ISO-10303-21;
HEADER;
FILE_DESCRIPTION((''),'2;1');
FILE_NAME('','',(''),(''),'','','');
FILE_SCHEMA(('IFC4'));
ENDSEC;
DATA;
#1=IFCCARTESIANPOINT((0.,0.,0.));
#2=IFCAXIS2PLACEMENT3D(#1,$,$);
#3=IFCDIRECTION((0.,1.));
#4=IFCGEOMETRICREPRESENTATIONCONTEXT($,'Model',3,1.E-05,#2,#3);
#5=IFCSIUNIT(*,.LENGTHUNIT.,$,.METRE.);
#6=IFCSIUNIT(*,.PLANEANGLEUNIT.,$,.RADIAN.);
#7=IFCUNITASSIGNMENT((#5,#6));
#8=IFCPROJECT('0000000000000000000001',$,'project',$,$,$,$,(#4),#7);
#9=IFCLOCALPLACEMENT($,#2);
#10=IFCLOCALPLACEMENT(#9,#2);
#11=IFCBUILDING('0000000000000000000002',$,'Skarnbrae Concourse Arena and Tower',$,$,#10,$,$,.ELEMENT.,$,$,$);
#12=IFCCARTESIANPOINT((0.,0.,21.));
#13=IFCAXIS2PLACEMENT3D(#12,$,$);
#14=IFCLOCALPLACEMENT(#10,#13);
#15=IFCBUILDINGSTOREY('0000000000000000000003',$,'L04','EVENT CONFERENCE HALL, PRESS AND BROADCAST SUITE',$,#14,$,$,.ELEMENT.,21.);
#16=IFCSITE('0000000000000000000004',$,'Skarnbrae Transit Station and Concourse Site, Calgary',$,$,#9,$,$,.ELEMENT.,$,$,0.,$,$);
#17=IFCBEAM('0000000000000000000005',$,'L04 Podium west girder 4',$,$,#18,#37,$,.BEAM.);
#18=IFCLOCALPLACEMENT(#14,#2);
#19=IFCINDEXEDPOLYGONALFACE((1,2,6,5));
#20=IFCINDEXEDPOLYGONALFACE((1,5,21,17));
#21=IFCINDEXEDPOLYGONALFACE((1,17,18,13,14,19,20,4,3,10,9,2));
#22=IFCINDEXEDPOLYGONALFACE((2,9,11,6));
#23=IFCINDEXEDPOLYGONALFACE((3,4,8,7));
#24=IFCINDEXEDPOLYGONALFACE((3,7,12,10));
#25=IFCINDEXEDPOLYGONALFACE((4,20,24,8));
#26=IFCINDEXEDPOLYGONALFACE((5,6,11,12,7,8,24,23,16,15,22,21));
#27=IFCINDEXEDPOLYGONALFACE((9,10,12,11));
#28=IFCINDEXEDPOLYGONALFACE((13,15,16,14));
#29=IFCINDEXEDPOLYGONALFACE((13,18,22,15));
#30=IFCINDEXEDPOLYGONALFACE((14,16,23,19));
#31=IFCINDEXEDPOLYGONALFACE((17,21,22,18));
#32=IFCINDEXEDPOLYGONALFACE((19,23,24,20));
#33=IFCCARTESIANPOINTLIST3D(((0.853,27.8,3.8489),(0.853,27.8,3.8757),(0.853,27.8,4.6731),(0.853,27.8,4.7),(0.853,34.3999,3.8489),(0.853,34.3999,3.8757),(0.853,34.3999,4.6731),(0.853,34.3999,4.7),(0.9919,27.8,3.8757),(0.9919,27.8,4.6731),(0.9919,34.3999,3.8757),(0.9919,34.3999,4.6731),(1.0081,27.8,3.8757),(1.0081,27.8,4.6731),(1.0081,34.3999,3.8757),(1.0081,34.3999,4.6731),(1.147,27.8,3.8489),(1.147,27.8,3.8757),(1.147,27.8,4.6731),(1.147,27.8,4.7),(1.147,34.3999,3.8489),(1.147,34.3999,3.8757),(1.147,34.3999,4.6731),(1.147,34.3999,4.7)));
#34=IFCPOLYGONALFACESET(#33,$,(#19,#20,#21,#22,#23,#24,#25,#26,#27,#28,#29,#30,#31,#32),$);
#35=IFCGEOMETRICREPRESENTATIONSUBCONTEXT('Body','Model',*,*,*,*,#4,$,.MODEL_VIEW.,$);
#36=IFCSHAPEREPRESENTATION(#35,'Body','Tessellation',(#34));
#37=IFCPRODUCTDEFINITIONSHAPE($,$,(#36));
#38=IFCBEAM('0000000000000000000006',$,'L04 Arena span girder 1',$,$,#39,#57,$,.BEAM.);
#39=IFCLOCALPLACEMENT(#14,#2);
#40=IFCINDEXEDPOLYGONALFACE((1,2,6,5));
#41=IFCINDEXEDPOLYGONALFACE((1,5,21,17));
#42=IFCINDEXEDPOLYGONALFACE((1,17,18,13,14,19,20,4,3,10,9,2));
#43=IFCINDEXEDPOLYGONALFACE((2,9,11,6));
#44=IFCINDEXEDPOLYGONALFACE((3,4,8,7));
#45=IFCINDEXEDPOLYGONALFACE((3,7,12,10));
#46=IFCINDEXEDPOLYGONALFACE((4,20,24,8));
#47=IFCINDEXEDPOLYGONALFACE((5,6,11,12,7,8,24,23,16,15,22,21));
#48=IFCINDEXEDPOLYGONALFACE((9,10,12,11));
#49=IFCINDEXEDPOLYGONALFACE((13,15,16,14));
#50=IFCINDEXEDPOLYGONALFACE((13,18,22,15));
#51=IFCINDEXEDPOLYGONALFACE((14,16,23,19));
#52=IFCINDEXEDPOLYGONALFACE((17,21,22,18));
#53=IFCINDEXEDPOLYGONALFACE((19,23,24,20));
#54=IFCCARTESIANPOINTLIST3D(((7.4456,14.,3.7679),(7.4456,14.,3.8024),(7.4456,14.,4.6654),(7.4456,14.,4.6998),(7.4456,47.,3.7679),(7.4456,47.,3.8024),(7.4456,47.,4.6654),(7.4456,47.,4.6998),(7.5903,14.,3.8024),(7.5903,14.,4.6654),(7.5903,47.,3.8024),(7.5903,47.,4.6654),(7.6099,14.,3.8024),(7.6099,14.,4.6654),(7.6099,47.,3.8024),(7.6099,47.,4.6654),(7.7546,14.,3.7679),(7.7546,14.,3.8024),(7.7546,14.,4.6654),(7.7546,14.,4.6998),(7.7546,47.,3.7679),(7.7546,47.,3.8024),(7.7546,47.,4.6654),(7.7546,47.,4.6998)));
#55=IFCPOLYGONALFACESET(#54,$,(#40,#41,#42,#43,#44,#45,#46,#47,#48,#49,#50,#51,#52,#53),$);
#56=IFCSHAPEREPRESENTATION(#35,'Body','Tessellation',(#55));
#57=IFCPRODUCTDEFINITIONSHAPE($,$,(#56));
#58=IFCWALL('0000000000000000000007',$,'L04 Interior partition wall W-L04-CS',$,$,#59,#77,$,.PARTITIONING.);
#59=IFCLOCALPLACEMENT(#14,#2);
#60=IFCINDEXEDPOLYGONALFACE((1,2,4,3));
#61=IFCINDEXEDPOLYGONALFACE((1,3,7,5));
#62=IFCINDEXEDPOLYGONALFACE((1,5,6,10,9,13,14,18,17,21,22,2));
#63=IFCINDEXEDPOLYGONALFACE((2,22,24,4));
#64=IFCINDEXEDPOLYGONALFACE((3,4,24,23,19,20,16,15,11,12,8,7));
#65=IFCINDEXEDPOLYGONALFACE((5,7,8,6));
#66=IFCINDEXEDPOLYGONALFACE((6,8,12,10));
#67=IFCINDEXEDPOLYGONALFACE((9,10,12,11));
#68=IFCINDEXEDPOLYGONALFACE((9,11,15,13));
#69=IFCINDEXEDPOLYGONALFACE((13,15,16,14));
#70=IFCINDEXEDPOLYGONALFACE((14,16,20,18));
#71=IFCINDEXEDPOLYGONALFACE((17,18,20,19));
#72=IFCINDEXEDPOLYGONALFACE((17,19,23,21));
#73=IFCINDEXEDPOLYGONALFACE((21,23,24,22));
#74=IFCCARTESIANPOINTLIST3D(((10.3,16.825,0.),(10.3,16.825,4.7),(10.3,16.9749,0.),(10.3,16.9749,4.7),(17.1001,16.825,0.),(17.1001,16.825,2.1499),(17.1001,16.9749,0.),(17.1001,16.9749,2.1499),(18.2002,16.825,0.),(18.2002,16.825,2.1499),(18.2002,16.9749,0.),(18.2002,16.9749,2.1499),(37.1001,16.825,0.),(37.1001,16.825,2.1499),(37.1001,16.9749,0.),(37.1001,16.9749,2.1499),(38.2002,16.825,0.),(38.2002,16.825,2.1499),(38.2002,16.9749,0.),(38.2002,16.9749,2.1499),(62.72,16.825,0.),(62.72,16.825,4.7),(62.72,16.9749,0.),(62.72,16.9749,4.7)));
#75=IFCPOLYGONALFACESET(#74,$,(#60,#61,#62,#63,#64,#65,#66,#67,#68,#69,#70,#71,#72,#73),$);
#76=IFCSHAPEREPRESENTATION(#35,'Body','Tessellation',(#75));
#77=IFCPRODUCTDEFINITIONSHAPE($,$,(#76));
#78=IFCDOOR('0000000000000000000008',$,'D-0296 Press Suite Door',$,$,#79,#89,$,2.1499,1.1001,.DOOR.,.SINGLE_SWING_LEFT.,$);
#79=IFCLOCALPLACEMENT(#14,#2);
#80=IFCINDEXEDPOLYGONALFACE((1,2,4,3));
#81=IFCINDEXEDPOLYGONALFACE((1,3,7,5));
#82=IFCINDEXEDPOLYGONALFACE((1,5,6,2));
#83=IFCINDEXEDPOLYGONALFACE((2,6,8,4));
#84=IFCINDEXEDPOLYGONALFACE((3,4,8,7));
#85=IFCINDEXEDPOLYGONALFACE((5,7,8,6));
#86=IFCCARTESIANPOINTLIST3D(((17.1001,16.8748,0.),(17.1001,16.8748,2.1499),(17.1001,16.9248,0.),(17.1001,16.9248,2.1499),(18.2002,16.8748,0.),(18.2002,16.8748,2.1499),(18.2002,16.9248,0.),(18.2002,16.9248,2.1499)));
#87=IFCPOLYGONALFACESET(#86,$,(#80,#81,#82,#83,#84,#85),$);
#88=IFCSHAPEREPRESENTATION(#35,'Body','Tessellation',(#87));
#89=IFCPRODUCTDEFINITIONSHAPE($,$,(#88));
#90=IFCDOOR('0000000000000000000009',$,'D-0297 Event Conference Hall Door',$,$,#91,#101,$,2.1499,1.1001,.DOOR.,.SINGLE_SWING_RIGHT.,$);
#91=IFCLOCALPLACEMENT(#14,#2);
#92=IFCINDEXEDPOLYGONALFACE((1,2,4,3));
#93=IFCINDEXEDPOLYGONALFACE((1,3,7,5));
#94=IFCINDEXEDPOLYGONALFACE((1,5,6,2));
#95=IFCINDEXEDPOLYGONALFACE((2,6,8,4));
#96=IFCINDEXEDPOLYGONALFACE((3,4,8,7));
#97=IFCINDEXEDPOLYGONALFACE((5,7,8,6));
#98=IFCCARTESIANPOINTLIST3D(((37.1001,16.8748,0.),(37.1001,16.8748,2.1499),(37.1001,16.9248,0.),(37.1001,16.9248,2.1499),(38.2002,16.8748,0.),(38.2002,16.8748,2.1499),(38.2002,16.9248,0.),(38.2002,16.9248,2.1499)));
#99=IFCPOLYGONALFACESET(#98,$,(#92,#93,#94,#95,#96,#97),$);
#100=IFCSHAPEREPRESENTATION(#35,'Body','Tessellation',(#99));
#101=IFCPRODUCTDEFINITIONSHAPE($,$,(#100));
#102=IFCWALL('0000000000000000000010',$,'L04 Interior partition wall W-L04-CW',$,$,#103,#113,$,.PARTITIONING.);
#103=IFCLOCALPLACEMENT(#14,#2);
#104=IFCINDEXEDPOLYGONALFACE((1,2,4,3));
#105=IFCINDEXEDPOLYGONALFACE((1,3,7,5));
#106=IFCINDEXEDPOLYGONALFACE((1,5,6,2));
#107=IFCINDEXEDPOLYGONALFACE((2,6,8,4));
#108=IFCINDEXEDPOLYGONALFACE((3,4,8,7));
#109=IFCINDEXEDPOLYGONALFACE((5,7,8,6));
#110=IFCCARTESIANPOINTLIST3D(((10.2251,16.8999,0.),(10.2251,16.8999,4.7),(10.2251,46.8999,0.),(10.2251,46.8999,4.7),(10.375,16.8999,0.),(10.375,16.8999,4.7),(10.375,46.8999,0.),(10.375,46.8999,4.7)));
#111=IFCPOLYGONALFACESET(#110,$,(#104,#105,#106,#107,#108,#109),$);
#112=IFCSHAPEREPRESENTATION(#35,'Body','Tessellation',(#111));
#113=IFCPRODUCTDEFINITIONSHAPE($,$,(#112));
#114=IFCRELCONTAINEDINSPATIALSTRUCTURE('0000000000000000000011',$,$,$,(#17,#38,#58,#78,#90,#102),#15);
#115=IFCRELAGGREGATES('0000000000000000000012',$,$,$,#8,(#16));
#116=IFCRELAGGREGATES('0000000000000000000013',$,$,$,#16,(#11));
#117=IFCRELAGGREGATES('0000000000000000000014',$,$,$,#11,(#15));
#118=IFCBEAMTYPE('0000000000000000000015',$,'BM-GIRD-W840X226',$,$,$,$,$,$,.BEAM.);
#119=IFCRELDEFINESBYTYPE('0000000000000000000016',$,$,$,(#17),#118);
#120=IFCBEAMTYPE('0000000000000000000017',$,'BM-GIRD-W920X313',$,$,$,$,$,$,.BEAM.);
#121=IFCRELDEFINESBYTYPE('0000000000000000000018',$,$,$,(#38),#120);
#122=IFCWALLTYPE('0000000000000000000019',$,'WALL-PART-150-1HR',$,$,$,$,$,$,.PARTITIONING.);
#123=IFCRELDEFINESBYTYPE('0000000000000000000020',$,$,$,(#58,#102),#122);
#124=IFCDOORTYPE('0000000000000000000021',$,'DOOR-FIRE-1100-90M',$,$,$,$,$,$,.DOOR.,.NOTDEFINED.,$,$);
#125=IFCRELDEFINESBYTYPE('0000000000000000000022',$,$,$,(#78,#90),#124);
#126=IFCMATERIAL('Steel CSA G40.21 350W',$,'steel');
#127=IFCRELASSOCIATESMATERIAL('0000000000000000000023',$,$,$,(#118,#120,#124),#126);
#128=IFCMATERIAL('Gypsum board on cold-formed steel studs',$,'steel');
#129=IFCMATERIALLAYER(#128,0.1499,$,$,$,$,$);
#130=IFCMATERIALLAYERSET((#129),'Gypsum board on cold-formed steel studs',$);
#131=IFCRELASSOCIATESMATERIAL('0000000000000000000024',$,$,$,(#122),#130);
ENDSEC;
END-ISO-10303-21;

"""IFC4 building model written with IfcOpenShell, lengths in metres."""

from ifc_helpers import new_model, si_unit, direction, frame, frame_2d, origin, origin_2d, place, context, subcontext, project, spatial, rectangle, i_section, extrude, source, transform, mapped, material, layer, layer_set, material_profile, profile_set, type_object, element, fill, save


model = new_model("IFC4")

# Units and contexts
model_context = context("Model", 3, precision=1e-05, world=origin(), true_north=direction((0.0, 1.0)))
body_context = subcontext(model_context, "Body", "Model", "MODEL_VIEW")
ifc_project = project(units=[si_unit("LENGTHUNIT", "METRE"), si_unit("PLANEANGLEUNIT", "RADIAN")], contexts=[model_context])

# Site, building, storey
site_placement = place(None, origin())
site = spatial("IfcSite", under=ifc_project, at=site_placement, Name="Skarnbrae Transit Station and Concourse Site, Calgary", CompositionType="ELEMENT", RefElevation=0.0)
building_placement = place(site_placement, origin())
building = spatial("IfcBuilding", under=site, at=building_placement, Name="Skarnbrae Concourse Arena and Tower", CompositionType="ELEMENT")
storey_placement = place(building_placement, frame((0.0, 0.0, 21.0)))
storey = spatial("IfcBuildingStorey", under=building, at=storey_placement, Name="L04", Description="EVENT CONFERENCE HALL, PRESS AND BROADCAST SUITE", CompositionType="ELEMENT", Elevation=21.0)

# Shared definitions
ifc_material_1 = material(Name="Steel CSA G40.21 350W", Category="steel")

# Beams
ifc_material_profile_1 = material_profile(ifc_material_1, i_section(OverallWidth=0.2939, OverallDepth=0.8511, WebThickness=0.0161, FlangeThickness=0.0269, at=origin_2d()), Name="W840X226")
ifc_profile_set_1 = profile_set([ifc_material_profile_1], Name="Steel CSA G40.21 350W")
beam_type_1 = type_object("IfcBeamType", Name="BM-GIRD-W840X226", PredefinedType="BEAM", material=ifc_profile_set_1)
shared_shape_1 = source(origin(), body_context, "Body", "SweptSolid", [
    extrude(i_section(OverallWidth=0.2939, OverallDepth=0.8511, WebThickness=0.0161, FlangeThickness=0.0269, at=origin_2d()), origin(), (0.0, 0.0, 1.0), 6.5999),
])
beam_1_placement = place(storey_placement, frame((1.0, 27.8, 4.2744), z_axis=(0.0, 1.0, 0.0), x_axis=(-1.0, 0.0, 0.0)))
element("IfcBeam", 1, at=beam_1_placement, inside=storey, type_object=beam_type_1, Name="L04 Podium west girder 4", PredefinedType="BEAM", context=body_context, shape_type="MappedRepresentation", body=[
    mapped(shared_shape_1, transform((0.0, 0.0, 0.0))),
])
ifc_material_profile_2 = material_profile(ifc_material_1, i_section(OverallWidth=0.3091, OverallDepth=0.9319, WebThickness=0.0195, FlangeThickness=0.0344, at=origin_2d()), Name="W920X313")
ifc_profile_set_2 = profile_set([ifc_material_profile_2], Name="Steel CSA G40.21 350W")
beam_type_2 = type_object("IfcBeamType", Name="BM-GIRD-W920X313", PredefinedType="BEAM", material=ifc_profile_set_2)
shared_shape_2 = source(origin(), body_context, "Body", "SweptSolid", [
    extrude(i_section(OverallWidth=0.3091, OverallDepth=0.9319, WebThickness=0.0195, FlangeThickness=0.0344, at=origin_2d()), origin(), (0.0, 0.0, 1.0), 33.0),
])
beam_2_placement = place(storey_placement, frame((7.6001, 14.0, 4.2339), z_axis=(0.0, 1.0, 0.0), x_axis=(-1.0, 0.0, 0.0)))
element("IfcBeam", 2, at=beam_2_placement, inside=storey, type_object=beam_type_2, Name="L04 Arena span girder 1", PredefinedType="BEAM", context=body_context, shape_type="MappedRepresentation", body=[
    mapped(shared_shape_2, transform((0.0, 0.0, 0.0))),
])

# Shared definitions
door_type_1 = type_object("IfcDoorType", Name="DOOR-FIRE-1100-90M", OperationType="NOTDEFINED", PredefinedType="DOOR", material=ifc_material_1)
shared_shape_3 = source(origin(), body_context, "Body", "SweptSolid", [
    extrude(rectangle(XDim=1.1001, YDim=2.1499, at=frame_2d((0.55, 1.075))), frame((0.0, 0.0249, 0.0), z_axis=(0.0, -1.0, 0.0), x_axis=(1.0, 0.0, 0.0)), (0.0, 0.0, 1.0), 0.05),
])
ifc_material_2 = material(Name="Gypsum board on cold-formed steel studs", Category="steel")

# Wall, openings, doors
ifc_layer_1 = layer(ifc_material_2, 0.1499)
ifc_layer_set_1 = layer_set([ifc_layer_1], Name="Gypsum board on cold-formed steel studs")
wall_type_1 = type_object("IfcWallType", Name="WALL-PART-150-1HR", PredefinedType="PARTITIONING", material=ifc_layer_set_1)
shared_shape_4 = source(origin(), body_context, "Body", "SweptSolid", [
    extrude(rectangle(XDim=52.4199, YDim=0.1499, at=frame_2d((26.21, 0.0))), origin(), (0.0, 0.0, 1.0), 4.7),
])
wall_1_placement = place(storey_placement, frame((10.3, 16.8999, 0.0), z_axis=(0.0, 0.0, 1.0), x_axis=(1.0, 0.0, 0.0)))
wall_1 = element("IfcWall", 3, at=wall_1_placement, inside=storey, type_object=wall_type_1, Name="L04 Interior partition wall W-L04-CS", PredefinedType="PARTITIONING", context=body_context, shape_type="MappedRepresentation", body=[
    mapped(shared_shape_4, transform((0.0, 0.0, 0.0))),
])
opening_1_placement = place(wall_1_placement, frame((6.8, 0.0, 0.0)))
opening_1 = element("IfcOpeningElement", 4, at=opening_1_placement, cuts=wall_1, PredefinedType="OPENING", context=body_context, shape_type="SweptSolid", body=[
    extrude(rectangle(XDim=1.1001, YDim=2.1499, at=frame_2d((0.55, 1.075))), frame((0.0, 0.085, 0.0), z_axis=(0.0, -1.0, 0.0), x_axis=(1.0, 0.0, 0.0)), (0.0, 0.0, 1.0), 0.1699),
])
opening_2_placement = place(wall_1_placement, frame((26.8, 0.0, 0.0)))
opening_2 = element("IfcOpeningElement", 5, at=opening_2_placement, cuts=wall_1, PredefinedType="OPENING", context=body_context, shape_type="SweptSolid", body=[
    extrude(rectangle(XDim=1.1001, YDim=2.1499, at=frame_2d((0.55, 1.075))), frame((0.0, 0.085, 0.0), z_axis=(0.0, -1.0, 0.0), x_axis=(1.0, 0.0, 0.0)), (0.0, 0.0, 1.0), 0.1699),
])
door_1_placement = place(opening_1_placement, origin())
door_1 = element("IfcDoor", 6, at=door_1_placement, inside=storey, type_object=door_type_1, Name="D-0296 Press Suite Door", OperationType="SINGLE_SWING_LEFT", OverallHeight=2.1499, OverallWidth=1.1001, PredefinedType="DOOR", context=body_context, shape_type="MappedRepresentation", body=[
    mapped(shared_shape_3, transform((0.0, 0.0, 0.0))),
])
fill(opening_1, door_1)
door_2_placement = place(opening_2_placement, origin())
door_2 = element("IfcDoor", 7, at=door_2_placement, inside=storey, type_object=door_type_1, Name="D-0297 Event Conference Hall Door", OperationType="SINGLE_SWING_RIGHT", OverallHeight=2.1499, OverallWidth=1.1001, PredefinedType="DOOR", context=body_context, shape_type="MappedRepresentation", body=[
    mapped(shared_shape_3, transform((0.0, 0.0, 0.0))),
])
fill(opening_2, door_2)

# Wall
shared_shape_5 = source(origin(), body_context, "Body", "SweptSolid", [
    extrude(rectangle(XDim=30.0, YDim=0.1499, at=frame_2d((15.0, 0.0))), origin(), (0.0, 0.0, 1.0), 4.7),
])
wall_2_placement = place(storey_placement, frame((10.3, 16.8999, 0.0), z_axis=(0.0, 0.0, 1.0), x_axis=(0.0, 1.0, 0.0)))
element("IfcWall", 8, at=wall_2_placement, inside=storey, type_object=wall_type_1, Name="L04 Interior partition wall W-L04-CW", PredefinedType="PARTITIONING", context=body_context, shape_type="MappedRepresentation", body=[
    mapped(shared_shape_5, transform((0.0, 0.0, 0.0))),
])

save(model, "model.ifc")
